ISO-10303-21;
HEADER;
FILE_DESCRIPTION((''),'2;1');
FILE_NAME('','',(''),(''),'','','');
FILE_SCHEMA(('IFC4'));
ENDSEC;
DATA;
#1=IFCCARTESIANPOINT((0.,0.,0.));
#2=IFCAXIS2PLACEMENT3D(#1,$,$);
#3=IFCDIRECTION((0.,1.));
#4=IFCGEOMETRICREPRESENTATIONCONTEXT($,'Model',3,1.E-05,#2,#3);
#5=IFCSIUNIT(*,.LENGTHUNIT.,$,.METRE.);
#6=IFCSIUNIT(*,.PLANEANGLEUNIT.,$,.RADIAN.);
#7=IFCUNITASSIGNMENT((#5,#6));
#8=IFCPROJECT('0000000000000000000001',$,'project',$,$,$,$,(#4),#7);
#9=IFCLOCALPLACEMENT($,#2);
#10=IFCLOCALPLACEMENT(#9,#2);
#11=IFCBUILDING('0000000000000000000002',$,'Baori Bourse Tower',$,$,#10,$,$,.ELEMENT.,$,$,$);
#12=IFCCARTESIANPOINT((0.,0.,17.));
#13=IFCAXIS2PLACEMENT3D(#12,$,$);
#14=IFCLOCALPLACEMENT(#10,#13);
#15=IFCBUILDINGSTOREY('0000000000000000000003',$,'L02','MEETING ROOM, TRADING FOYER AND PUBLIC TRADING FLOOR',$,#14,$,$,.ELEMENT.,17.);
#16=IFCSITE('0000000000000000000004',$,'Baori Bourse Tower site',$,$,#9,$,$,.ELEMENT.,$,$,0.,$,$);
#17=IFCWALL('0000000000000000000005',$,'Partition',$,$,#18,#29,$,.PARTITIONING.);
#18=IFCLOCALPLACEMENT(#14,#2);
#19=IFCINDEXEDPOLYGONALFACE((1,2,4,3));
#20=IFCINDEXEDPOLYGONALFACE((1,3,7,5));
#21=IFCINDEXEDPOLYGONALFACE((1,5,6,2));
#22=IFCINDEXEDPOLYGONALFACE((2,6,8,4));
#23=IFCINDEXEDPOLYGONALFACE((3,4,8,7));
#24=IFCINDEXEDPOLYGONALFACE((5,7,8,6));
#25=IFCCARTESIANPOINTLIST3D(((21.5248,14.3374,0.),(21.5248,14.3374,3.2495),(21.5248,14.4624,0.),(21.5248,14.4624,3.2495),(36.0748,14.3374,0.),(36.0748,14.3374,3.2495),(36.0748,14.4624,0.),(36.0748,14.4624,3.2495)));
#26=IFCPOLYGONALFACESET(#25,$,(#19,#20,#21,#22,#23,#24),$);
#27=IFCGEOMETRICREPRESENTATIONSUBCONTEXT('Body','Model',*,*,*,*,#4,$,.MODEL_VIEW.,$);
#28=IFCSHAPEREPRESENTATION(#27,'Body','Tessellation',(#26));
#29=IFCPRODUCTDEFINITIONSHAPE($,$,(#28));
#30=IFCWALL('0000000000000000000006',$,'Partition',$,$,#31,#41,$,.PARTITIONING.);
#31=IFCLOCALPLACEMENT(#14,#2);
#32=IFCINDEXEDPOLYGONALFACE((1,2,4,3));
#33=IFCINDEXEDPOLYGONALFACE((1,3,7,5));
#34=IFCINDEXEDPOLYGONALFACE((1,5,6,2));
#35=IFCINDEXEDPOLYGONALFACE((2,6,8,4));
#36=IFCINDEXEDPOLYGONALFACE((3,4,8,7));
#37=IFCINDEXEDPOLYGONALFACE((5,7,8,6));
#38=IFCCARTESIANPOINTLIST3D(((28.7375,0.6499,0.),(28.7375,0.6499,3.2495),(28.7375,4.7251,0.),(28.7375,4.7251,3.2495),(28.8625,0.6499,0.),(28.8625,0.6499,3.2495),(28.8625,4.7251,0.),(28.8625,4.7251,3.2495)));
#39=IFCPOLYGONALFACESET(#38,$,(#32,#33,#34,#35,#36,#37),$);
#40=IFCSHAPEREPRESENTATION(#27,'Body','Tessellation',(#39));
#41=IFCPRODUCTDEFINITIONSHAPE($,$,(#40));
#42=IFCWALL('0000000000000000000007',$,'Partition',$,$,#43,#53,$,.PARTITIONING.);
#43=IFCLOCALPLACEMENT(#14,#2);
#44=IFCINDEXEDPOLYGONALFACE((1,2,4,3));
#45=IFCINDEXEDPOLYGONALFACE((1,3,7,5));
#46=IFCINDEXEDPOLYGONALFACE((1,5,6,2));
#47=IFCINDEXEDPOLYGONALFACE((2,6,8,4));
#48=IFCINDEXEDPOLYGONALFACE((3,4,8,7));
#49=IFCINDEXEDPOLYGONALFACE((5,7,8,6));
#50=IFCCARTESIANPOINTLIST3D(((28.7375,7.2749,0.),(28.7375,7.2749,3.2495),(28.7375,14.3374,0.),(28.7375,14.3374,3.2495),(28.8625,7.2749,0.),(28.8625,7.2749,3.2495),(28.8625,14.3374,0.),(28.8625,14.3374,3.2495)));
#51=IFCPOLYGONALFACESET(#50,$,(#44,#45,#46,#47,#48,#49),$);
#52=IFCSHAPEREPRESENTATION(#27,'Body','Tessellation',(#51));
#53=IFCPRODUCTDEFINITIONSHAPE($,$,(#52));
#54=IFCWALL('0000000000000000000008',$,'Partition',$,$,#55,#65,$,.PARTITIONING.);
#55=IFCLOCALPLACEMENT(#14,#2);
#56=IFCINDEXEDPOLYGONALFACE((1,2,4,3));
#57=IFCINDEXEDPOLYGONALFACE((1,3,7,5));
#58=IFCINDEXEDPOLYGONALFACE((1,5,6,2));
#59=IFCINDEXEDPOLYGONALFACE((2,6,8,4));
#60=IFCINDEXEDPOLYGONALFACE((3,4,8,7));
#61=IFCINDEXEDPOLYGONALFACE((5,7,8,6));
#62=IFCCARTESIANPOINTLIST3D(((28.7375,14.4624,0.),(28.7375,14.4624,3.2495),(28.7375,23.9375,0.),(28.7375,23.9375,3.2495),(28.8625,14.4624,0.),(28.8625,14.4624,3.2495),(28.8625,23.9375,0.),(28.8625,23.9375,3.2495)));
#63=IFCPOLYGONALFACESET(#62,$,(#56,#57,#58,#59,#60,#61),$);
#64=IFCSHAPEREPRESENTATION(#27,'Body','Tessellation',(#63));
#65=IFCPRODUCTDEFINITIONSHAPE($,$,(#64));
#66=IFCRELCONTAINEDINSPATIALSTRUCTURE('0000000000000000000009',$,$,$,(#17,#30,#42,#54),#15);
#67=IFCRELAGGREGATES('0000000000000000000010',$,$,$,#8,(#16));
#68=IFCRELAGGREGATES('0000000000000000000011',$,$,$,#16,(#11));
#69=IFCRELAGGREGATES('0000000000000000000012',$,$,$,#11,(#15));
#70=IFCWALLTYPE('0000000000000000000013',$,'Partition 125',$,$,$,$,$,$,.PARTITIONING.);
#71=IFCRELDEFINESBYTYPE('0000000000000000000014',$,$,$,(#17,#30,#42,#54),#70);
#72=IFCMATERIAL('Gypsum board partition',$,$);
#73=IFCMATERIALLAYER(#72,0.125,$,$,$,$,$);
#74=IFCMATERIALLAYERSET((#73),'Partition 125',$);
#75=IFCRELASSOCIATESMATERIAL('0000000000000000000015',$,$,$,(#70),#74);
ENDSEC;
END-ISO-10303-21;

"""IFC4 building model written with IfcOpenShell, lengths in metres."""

from ifc_helpers import new_model, si_unit, direction, frame, frame_2d, origin, place, context, subcontext, project, spatial, rectangle, extrude, material, layer, layer_set, type_object, element, save


model = new_model("IFC4")

# Units and contexts
model_context = context("Model", 3, precision=1e-05, world=origin(), true_north=direction((0.0, 1.0)))
body_context = subcontext(model_context, "Body", "Model", "MODEL_VIEW")
ifc_project = project(units=[si_unit("LENGTHUNIT", "METRE"), si_unit("PLANEANGLEUNIT", "RADIAN")], contexts=[model_context])

# Site, building, storey
site_placement = place(None, origin())
site = spatial("IfcSite", under=ifc_project, at=site_placement, Name="Baori Bourse Tower site", CompositionType="ELEMENT", RefElevation=0.0)
building_placement = place(site_placement, origin())
building = spatial("IfcBuilding", under=site, at=building_placement, Name="Baori Bourse Tower", CompositionType="ELEMENT")
storey_placement = place(building_placement, frame((0.0, 0.0, 17.0)))
storey = spatial("IfcBuildingStorey", under=building, at=storey_placement, Name="L02", Description="MEETING ROOM, TRADING FOYER AND PUBLIC TRADING FLOOR", CompositionType="ELEMENT", Elevation=17.0)

# Walls
ifc_material_1 = material(Name="Gypsum board partition")
ifc_layer_1 = layer(ifc_material_1, 0.125)
ifc_layer_set_1 = layer_set([ifc_layer_1], Name="Partition 125")
wall_type_1 = type_object("IfcWallType", Name="Partition 125", PredefinedType="PARTITIONING", material=ifc_layer_set_1)
wall_1_placement = place(storey_placement, frame((21.5249, 14.3999, 0.0), z_axis=(0.0, 0.0, 1.0), x_axis=(1.0, 0.0, 0.0)))
element("IfcWall", 1, at=wall_1_placement, inside=storey, type_object=wall_type_1, Name="Partition", PredefinedType="PARTITIONING", context=body_context, shape_type="SweptSolid", body=[
    extrude(rectangle(XDim=14.55, YDim=0.125, at=frame_2d((7.2749, 0.0))), origin(), (0.0, 0.0, 1.0), 3.2495),
])
wall_2_placement = place(storey_placement, frame((28.8, 0.6499, 0.0), z_axis=(0.0, 0.0, 1.0), x_axis=(0.0, 1.0, 0.0)))
element("IfcWall", 2, at=wall_2_placement, inside=storey, type_object=wall_type_1, Name="Partition", PredefinedType="PARTITIONING", context=body_context, shape_type="SweptSolid", body=[
    extrude(rectangle(XDim=4.0752, YDim=0.125, at=frame_2d((2.0376, 0.0))), origin(), (0.0, 0.0, 1.0), 3.2495),
])
wall_3_placement = place(storey_placement, frame((28.8, 7.2749, 0.0), z_axis=(0.0, 0.0, 1.0), x_axis=(0.0, 1.0, 0.0)))
element("IfcWall", 3, at=wall_3_placement, inside=storey, type_object=wall_type_1, Name="Partition", PredefinedType="PARTITIONING", context=body_context, shape_type="SweptSolid", body=[
    extrude(rectangle(XDim=7.0625, YDim=0.125, at=frame_2d((3.5312, 0.0))), origin(), (0.0, 0.0, 1.0), 3.2495),
])
wall_4_placement = place(storey_placement, frame((28.8, 14.4624, 0.0), z_axis=(0.0, 0.0, 1.0), x_axis=(0.0, 1.0, 0.0)))
element("IfcWall", 4, at=wall_4_placement, inside=storey, type_object=wall_type_1, Name="Partition", PredefinedType="PARTITIONING", context=body_context, shape_type="SweptSolid", body=[
    extrude(rectangle(XDim=9.4751, YDim=0.125, at=frame_2d((4.7375, 0.0))), origin(), (0.0, 0.0, 1.0), 3.2495),
])

save(model, "model.ifc")
